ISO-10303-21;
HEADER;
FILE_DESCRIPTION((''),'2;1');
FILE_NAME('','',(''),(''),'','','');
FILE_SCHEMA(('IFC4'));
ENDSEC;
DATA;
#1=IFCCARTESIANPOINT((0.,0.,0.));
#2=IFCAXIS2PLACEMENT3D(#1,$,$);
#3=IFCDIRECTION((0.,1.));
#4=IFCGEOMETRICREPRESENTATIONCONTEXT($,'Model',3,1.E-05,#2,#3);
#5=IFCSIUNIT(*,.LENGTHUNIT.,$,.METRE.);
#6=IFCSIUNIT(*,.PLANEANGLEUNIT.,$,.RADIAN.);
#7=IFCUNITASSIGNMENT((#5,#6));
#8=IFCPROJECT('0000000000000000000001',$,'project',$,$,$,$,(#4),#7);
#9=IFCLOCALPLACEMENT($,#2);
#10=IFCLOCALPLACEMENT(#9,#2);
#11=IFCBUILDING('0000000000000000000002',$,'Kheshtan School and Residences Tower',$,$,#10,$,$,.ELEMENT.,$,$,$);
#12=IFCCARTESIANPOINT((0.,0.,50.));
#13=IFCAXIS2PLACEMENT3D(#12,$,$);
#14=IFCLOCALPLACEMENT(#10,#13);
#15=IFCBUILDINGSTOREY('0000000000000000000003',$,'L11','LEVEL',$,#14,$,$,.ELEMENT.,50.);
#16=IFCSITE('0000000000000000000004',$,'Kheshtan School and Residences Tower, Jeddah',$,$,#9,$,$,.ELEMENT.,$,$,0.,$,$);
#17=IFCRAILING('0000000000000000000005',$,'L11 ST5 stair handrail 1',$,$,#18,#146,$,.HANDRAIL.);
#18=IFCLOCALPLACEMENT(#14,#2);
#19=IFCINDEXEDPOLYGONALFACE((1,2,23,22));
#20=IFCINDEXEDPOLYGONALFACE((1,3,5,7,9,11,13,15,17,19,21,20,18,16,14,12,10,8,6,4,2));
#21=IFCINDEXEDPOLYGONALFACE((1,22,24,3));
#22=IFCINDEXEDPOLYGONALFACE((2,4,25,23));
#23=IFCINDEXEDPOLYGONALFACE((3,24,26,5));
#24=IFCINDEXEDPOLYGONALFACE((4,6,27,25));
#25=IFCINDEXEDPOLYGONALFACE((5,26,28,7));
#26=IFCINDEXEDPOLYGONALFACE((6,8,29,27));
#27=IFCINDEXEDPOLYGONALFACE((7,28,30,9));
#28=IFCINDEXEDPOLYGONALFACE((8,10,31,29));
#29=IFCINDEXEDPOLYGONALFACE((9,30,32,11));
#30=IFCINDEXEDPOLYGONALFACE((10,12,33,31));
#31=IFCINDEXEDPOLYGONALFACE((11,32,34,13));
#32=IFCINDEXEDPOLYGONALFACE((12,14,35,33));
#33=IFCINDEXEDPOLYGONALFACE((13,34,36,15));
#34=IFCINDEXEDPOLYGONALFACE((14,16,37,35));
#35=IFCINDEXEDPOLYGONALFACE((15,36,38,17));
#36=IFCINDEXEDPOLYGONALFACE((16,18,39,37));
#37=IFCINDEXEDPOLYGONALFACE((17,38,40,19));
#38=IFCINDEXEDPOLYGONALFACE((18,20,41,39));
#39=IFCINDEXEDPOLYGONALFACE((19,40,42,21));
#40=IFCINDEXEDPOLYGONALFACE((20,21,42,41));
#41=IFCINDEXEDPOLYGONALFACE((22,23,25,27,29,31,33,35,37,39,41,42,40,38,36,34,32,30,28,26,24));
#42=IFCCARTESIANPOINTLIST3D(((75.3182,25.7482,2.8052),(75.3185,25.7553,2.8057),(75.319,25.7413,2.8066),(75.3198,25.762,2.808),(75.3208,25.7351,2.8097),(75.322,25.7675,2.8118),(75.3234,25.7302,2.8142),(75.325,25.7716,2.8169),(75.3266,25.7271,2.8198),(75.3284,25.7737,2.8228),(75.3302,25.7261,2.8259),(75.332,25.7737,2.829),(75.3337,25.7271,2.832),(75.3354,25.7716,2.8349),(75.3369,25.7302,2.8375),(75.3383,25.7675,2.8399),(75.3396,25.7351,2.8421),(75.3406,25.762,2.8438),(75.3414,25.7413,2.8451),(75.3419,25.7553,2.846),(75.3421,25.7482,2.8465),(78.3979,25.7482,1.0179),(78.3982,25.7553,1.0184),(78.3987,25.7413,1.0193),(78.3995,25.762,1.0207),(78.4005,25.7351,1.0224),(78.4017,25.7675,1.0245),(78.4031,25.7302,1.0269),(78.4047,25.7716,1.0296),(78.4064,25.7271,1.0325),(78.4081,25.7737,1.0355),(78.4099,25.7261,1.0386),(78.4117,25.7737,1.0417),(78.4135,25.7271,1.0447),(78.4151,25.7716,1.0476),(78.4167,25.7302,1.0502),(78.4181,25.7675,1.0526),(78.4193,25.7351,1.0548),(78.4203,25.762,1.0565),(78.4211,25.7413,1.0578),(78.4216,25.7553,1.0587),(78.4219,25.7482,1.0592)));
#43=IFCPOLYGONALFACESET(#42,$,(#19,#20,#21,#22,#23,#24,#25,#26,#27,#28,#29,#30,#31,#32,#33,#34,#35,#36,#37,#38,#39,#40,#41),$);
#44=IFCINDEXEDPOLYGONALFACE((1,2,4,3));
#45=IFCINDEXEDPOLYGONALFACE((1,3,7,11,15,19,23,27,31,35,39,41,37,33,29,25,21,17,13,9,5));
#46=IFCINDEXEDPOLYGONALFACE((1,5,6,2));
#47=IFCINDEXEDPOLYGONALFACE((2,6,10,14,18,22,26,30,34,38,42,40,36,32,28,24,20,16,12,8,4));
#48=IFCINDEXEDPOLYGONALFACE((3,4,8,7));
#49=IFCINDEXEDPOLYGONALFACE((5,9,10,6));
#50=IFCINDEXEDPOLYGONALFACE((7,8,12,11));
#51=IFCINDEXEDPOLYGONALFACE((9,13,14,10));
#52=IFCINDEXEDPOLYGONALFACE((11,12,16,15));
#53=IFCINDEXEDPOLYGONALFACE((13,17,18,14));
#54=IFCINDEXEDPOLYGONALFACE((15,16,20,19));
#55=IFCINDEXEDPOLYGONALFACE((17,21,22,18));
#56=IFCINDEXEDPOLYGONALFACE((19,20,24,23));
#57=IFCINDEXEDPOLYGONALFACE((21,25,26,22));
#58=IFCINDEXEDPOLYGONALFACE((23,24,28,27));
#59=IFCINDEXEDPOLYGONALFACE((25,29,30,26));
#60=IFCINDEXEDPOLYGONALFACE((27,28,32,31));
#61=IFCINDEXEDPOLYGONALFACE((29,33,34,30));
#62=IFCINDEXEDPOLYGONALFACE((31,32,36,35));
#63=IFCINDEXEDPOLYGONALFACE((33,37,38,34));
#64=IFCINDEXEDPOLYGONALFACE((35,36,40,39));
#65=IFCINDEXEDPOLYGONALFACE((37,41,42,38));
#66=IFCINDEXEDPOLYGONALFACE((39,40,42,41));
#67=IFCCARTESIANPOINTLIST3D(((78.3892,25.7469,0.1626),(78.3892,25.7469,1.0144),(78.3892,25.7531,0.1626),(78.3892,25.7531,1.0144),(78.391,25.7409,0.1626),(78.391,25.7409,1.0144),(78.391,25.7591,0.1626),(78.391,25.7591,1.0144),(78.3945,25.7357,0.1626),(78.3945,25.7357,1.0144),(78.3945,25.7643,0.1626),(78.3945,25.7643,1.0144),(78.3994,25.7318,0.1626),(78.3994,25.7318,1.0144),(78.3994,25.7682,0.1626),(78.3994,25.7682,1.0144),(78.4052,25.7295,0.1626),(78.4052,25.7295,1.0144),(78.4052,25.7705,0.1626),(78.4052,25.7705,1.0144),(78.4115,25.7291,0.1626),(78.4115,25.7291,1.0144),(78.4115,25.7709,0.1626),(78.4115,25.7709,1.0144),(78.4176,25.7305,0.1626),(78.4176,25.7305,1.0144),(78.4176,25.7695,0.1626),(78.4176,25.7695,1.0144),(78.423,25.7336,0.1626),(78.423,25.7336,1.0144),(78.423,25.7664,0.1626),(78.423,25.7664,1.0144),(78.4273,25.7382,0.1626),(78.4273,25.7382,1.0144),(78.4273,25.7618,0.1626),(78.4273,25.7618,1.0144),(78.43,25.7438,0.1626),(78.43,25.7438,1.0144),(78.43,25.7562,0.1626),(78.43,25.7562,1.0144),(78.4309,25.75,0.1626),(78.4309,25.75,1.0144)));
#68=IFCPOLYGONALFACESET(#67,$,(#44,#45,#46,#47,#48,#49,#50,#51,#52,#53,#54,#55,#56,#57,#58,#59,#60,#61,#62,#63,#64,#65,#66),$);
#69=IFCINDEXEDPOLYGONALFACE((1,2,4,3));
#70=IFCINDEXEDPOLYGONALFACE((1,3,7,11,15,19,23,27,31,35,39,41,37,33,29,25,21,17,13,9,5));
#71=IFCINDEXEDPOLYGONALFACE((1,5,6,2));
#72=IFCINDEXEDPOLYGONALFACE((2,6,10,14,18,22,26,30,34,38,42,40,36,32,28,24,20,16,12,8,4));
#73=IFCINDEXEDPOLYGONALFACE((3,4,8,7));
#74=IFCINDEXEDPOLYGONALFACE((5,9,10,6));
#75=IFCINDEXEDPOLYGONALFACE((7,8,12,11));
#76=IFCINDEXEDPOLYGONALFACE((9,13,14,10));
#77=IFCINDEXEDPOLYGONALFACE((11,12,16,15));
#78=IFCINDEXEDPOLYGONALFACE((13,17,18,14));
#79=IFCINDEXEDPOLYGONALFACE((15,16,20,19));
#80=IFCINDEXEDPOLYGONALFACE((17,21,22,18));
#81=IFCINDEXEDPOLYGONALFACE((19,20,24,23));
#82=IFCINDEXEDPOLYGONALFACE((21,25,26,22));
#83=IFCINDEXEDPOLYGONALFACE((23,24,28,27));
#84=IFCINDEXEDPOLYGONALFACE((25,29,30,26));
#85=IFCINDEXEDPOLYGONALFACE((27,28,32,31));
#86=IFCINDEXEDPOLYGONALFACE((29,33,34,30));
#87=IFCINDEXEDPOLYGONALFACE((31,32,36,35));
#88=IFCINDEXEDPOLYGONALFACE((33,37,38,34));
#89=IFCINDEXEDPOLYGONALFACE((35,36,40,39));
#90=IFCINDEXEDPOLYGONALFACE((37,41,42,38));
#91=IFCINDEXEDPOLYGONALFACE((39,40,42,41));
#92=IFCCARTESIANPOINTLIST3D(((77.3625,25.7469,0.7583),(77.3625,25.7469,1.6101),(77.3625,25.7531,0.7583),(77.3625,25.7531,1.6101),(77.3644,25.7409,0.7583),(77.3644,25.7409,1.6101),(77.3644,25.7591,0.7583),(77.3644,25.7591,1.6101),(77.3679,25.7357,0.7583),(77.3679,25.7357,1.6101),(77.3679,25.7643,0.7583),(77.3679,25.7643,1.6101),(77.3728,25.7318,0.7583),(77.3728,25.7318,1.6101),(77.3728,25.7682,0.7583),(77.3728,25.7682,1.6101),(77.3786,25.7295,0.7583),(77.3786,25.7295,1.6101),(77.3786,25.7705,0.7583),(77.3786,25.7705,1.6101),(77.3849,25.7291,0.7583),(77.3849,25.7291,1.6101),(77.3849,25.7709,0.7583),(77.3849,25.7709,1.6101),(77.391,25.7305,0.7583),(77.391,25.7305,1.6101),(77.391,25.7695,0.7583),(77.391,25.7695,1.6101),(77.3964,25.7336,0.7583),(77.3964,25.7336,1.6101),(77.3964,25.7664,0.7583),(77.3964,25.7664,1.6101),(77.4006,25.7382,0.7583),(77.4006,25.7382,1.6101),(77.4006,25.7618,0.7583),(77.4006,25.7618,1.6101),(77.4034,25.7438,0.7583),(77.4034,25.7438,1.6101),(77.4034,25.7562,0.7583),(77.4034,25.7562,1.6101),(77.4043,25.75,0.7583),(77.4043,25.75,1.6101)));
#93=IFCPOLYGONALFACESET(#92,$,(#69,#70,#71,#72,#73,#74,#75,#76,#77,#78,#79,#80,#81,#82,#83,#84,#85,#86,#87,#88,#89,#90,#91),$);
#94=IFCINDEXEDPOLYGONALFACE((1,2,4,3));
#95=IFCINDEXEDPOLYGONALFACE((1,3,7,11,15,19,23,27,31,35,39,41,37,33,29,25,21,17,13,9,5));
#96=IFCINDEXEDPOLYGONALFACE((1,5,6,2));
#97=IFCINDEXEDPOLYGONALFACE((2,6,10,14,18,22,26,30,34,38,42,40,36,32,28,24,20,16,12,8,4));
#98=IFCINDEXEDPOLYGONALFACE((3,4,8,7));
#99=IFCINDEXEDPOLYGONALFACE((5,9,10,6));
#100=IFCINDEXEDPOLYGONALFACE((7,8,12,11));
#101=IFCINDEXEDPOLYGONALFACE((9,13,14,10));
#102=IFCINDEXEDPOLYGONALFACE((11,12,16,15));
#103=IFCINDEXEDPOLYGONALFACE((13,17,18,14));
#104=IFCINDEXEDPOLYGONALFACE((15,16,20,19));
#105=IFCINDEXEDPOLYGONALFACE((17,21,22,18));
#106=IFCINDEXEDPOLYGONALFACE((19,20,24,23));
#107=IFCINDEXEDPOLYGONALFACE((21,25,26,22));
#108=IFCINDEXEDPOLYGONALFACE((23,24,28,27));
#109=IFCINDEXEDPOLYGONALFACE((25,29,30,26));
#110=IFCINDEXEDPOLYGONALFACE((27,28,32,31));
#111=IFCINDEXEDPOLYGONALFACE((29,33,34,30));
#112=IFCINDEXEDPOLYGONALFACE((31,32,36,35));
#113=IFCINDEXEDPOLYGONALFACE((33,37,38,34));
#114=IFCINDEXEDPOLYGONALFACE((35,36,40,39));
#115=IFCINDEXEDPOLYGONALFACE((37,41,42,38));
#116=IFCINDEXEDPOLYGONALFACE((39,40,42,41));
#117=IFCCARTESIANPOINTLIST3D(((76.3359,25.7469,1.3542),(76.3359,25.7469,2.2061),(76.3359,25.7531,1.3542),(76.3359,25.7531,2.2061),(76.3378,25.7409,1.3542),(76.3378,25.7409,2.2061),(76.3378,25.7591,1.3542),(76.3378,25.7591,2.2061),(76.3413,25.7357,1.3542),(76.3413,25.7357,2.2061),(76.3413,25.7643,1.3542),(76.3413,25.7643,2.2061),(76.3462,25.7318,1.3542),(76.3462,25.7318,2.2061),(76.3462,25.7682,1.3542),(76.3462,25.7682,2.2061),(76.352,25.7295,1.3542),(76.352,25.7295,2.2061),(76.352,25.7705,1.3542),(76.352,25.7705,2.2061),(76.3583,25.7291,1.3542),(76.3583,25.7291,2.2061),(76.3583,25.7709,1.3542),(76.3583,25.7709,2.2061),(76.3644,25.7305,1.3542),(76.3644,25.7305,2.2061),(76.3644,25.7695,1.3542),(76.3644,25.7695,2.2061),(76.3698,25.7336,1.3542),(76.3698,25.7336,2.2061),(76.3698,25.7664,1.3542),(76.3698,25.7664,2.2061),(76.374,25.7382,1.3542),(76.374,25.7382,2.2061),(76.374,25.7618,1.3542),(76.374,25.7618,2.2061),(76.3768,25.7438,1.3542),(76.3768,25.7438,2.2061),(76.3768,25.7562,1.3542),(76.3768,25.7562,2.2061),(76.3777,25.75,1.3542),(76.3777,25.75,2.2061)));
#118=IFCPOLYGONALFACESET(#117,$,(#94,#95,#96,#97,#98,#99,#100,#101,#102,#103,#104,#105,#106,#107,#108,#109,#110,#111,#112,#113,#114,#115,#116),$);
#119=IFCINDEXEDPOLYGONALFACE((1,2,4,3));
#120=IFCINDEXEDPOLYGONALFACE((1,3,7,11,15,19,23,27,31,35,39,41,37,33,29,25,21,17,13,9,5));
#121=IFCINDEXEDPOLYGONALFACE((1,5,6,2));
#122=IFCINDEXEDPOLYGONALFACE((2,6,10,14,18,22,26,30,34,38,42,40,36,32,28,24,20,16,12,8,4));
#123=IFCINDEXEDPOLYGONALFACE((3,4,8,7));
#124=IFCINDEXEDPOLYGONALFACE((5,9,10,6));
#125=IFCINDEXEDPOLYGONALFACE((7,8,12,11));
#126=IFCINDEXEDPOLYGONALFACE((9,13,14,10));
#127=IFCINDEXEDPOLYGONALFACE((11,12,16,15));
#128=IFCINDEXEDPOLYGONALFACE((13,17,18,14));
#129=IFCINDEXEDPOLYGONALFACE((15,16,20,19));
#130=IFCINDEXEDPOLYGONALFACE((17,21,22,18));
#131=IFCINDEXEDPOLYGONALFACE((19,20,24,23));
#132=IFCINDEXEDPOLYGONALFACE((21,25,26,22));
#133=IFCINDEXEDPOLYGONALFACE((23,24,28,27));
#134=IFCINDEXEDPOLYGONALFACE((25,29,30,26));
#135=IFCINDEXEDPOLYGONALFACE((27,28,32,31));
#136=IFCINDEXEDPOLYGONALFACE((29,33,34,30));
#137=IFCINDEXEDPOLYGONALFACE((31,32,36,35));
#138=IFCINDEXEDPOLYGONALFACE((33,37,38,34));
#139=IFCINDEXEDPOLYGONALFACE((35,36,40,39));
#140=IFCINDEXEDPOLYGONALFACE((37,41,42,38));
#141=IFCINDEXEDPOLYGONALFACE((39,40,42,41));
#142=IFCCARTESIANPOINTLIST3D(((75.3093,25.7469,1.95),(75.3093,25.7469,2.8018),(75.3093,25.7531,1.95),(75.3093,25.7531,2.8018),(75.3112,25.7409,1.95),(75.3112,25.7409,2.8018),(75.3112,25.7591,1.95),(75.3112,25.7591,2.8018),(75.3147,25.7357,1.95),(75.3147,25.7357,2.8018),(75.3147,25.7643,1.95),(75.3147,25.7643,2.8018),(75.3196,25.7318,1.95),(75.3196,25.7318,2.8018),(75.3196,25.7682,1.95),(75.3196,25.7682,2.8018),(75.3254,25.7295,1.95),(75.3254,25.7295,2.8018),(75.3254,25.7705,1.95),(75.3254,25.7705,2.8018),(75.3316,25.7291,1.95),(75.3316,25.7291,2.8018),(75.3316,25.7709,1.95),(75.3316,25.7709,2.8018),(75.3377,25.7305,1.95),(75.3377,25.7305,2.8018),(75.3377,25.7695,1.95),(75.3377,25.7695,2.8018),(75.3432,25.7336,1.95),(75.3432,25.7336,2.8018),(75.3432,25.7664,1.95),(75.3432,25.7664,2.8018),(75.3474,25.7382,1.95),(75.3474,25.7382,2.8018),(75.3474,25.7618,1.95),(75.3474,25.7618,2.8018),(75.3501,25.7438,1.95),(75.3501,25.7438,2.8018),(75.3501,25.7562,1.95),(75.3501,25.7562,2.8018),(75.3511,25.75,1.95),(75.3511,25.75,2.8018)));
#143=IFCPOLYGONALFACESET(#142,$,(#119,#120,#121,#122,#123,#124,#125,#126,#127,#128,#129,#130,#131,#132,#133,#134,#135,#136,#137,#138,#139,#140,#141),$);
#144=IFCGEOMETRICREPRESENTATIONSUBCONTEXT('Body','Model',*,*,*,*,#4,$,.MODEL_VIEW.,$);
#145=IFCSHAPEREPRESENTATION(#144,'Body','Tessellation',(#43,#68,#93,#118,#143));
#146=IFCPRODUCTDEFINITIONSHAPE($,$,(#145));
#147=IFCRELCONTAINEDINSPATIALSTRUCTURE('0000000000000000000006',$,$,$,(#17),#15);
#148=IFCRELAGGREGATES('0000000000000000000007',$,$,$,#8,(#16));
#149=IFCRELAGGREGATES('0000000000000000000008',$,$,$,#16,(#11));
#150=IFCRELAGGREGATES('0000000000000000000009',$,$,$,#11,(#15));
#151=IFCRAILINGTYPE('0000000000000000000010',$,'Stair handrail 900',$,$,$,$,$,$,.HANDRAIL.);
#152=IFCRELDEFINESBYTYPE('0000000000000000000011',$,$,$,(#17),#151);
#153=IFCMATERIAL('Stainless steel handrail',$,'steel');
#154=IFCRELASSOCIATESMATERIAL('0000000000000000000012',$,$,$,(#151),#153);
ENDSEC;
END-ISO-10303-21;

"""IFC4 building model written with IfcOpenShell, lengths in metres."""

from ifc_helpers import new_model, si_unit, direction, frame, origin, origin_2d, place, context, subcontext, project, spatial, circle, extrude, material, type_object, element, save


model = new_model("IFC4")

# Units and contexts
model_context = context("Model", 3, precision=1e-05, world=origin(), true_north=direction((0.0, 1.0)))
body_context = subcontext(model_context, "Body", "Model", "MODEL_VIEW")
ifc_project = project(units=[si_unit("LENGTHUNIT", "METRE"), si_unit("PLANEANGLEUNIT", "RADIAN")], contexts=[model_context])

# Site, building, storey
site_placement = place(None, origin())
site = spatial("IfcSite", under=ifc_project, at=site_placement, Name="Kheshtan School and Residences Tower, Jeddah", CompositionType="ELEMENT", RefElevation=0.0)
building_placement = place(site_placement, origin())
building = spatial("IfcBuilding", under=site, at=building_placement, Name="Kheshtan School and Residences Tower", CompositionType="ELEMENT")
storey_placement = place(building_placement, frame((0.0, 0.0, 50.0)))
storey = spatial("IfcBuildingStorey", under=building, at=storey_placement, Name="L11", Description="LEVEL", CompositionType="ELEMENT", Elevation=50.0)

# Railing
ifc_material_1 = material(Name="Stainless steel handrail", Category="steel")
railing_type_1 = type_object("IfcRailingType", Name="Stair handrail 900", PredefinedType="HANDRAIL", material=ifc_material_1)
railing_1_placement = place(storey_placement, frame((78.4099, 25.75, 0.1626)))
element("IfcRailing", 1, at=railing_1_placement, inside=storey, type_object=railing_type_1, Name="L11 ST5 stair handrail 1", PredefinedType="HANDRAIL", context=body_context, shape_type="SweptSolid", body=[
    extrude(circle(Radius=0.0239, at=origin_2d()), frame((0.0, 0.0, 0.876), z_axis=(-0.864903, 0.0, 0.501939), x_axis=(0.0, -1.0, 0.0)), (0.0, 0.0, 1.0), 3.5608),
    extrude(circle(Radius=0.021, at=origin_2d()), origin(), (0.0, 0.0, 1.0), 0.8518),
    extrude(circle(Radius=0.021, at=origin_2d()), frame((-1.0266, 0.0, 0.5957)), (0.0, 0.0, 1.0), 0.8518),
    extrude(circle(Radius=0.021, at=origin_2d()), frame((-2.0532, 0.0, 1.1917)), (0.0, 0.0, 1.0), 0.8518),
    extrude(circle(Radius=0.021, at=origin_2d()), frame((-3.0798, 0.0, 1.7874)), (0.0, 0.0, 1.0), 0.8518),
])

save(model, "model.ifc")
